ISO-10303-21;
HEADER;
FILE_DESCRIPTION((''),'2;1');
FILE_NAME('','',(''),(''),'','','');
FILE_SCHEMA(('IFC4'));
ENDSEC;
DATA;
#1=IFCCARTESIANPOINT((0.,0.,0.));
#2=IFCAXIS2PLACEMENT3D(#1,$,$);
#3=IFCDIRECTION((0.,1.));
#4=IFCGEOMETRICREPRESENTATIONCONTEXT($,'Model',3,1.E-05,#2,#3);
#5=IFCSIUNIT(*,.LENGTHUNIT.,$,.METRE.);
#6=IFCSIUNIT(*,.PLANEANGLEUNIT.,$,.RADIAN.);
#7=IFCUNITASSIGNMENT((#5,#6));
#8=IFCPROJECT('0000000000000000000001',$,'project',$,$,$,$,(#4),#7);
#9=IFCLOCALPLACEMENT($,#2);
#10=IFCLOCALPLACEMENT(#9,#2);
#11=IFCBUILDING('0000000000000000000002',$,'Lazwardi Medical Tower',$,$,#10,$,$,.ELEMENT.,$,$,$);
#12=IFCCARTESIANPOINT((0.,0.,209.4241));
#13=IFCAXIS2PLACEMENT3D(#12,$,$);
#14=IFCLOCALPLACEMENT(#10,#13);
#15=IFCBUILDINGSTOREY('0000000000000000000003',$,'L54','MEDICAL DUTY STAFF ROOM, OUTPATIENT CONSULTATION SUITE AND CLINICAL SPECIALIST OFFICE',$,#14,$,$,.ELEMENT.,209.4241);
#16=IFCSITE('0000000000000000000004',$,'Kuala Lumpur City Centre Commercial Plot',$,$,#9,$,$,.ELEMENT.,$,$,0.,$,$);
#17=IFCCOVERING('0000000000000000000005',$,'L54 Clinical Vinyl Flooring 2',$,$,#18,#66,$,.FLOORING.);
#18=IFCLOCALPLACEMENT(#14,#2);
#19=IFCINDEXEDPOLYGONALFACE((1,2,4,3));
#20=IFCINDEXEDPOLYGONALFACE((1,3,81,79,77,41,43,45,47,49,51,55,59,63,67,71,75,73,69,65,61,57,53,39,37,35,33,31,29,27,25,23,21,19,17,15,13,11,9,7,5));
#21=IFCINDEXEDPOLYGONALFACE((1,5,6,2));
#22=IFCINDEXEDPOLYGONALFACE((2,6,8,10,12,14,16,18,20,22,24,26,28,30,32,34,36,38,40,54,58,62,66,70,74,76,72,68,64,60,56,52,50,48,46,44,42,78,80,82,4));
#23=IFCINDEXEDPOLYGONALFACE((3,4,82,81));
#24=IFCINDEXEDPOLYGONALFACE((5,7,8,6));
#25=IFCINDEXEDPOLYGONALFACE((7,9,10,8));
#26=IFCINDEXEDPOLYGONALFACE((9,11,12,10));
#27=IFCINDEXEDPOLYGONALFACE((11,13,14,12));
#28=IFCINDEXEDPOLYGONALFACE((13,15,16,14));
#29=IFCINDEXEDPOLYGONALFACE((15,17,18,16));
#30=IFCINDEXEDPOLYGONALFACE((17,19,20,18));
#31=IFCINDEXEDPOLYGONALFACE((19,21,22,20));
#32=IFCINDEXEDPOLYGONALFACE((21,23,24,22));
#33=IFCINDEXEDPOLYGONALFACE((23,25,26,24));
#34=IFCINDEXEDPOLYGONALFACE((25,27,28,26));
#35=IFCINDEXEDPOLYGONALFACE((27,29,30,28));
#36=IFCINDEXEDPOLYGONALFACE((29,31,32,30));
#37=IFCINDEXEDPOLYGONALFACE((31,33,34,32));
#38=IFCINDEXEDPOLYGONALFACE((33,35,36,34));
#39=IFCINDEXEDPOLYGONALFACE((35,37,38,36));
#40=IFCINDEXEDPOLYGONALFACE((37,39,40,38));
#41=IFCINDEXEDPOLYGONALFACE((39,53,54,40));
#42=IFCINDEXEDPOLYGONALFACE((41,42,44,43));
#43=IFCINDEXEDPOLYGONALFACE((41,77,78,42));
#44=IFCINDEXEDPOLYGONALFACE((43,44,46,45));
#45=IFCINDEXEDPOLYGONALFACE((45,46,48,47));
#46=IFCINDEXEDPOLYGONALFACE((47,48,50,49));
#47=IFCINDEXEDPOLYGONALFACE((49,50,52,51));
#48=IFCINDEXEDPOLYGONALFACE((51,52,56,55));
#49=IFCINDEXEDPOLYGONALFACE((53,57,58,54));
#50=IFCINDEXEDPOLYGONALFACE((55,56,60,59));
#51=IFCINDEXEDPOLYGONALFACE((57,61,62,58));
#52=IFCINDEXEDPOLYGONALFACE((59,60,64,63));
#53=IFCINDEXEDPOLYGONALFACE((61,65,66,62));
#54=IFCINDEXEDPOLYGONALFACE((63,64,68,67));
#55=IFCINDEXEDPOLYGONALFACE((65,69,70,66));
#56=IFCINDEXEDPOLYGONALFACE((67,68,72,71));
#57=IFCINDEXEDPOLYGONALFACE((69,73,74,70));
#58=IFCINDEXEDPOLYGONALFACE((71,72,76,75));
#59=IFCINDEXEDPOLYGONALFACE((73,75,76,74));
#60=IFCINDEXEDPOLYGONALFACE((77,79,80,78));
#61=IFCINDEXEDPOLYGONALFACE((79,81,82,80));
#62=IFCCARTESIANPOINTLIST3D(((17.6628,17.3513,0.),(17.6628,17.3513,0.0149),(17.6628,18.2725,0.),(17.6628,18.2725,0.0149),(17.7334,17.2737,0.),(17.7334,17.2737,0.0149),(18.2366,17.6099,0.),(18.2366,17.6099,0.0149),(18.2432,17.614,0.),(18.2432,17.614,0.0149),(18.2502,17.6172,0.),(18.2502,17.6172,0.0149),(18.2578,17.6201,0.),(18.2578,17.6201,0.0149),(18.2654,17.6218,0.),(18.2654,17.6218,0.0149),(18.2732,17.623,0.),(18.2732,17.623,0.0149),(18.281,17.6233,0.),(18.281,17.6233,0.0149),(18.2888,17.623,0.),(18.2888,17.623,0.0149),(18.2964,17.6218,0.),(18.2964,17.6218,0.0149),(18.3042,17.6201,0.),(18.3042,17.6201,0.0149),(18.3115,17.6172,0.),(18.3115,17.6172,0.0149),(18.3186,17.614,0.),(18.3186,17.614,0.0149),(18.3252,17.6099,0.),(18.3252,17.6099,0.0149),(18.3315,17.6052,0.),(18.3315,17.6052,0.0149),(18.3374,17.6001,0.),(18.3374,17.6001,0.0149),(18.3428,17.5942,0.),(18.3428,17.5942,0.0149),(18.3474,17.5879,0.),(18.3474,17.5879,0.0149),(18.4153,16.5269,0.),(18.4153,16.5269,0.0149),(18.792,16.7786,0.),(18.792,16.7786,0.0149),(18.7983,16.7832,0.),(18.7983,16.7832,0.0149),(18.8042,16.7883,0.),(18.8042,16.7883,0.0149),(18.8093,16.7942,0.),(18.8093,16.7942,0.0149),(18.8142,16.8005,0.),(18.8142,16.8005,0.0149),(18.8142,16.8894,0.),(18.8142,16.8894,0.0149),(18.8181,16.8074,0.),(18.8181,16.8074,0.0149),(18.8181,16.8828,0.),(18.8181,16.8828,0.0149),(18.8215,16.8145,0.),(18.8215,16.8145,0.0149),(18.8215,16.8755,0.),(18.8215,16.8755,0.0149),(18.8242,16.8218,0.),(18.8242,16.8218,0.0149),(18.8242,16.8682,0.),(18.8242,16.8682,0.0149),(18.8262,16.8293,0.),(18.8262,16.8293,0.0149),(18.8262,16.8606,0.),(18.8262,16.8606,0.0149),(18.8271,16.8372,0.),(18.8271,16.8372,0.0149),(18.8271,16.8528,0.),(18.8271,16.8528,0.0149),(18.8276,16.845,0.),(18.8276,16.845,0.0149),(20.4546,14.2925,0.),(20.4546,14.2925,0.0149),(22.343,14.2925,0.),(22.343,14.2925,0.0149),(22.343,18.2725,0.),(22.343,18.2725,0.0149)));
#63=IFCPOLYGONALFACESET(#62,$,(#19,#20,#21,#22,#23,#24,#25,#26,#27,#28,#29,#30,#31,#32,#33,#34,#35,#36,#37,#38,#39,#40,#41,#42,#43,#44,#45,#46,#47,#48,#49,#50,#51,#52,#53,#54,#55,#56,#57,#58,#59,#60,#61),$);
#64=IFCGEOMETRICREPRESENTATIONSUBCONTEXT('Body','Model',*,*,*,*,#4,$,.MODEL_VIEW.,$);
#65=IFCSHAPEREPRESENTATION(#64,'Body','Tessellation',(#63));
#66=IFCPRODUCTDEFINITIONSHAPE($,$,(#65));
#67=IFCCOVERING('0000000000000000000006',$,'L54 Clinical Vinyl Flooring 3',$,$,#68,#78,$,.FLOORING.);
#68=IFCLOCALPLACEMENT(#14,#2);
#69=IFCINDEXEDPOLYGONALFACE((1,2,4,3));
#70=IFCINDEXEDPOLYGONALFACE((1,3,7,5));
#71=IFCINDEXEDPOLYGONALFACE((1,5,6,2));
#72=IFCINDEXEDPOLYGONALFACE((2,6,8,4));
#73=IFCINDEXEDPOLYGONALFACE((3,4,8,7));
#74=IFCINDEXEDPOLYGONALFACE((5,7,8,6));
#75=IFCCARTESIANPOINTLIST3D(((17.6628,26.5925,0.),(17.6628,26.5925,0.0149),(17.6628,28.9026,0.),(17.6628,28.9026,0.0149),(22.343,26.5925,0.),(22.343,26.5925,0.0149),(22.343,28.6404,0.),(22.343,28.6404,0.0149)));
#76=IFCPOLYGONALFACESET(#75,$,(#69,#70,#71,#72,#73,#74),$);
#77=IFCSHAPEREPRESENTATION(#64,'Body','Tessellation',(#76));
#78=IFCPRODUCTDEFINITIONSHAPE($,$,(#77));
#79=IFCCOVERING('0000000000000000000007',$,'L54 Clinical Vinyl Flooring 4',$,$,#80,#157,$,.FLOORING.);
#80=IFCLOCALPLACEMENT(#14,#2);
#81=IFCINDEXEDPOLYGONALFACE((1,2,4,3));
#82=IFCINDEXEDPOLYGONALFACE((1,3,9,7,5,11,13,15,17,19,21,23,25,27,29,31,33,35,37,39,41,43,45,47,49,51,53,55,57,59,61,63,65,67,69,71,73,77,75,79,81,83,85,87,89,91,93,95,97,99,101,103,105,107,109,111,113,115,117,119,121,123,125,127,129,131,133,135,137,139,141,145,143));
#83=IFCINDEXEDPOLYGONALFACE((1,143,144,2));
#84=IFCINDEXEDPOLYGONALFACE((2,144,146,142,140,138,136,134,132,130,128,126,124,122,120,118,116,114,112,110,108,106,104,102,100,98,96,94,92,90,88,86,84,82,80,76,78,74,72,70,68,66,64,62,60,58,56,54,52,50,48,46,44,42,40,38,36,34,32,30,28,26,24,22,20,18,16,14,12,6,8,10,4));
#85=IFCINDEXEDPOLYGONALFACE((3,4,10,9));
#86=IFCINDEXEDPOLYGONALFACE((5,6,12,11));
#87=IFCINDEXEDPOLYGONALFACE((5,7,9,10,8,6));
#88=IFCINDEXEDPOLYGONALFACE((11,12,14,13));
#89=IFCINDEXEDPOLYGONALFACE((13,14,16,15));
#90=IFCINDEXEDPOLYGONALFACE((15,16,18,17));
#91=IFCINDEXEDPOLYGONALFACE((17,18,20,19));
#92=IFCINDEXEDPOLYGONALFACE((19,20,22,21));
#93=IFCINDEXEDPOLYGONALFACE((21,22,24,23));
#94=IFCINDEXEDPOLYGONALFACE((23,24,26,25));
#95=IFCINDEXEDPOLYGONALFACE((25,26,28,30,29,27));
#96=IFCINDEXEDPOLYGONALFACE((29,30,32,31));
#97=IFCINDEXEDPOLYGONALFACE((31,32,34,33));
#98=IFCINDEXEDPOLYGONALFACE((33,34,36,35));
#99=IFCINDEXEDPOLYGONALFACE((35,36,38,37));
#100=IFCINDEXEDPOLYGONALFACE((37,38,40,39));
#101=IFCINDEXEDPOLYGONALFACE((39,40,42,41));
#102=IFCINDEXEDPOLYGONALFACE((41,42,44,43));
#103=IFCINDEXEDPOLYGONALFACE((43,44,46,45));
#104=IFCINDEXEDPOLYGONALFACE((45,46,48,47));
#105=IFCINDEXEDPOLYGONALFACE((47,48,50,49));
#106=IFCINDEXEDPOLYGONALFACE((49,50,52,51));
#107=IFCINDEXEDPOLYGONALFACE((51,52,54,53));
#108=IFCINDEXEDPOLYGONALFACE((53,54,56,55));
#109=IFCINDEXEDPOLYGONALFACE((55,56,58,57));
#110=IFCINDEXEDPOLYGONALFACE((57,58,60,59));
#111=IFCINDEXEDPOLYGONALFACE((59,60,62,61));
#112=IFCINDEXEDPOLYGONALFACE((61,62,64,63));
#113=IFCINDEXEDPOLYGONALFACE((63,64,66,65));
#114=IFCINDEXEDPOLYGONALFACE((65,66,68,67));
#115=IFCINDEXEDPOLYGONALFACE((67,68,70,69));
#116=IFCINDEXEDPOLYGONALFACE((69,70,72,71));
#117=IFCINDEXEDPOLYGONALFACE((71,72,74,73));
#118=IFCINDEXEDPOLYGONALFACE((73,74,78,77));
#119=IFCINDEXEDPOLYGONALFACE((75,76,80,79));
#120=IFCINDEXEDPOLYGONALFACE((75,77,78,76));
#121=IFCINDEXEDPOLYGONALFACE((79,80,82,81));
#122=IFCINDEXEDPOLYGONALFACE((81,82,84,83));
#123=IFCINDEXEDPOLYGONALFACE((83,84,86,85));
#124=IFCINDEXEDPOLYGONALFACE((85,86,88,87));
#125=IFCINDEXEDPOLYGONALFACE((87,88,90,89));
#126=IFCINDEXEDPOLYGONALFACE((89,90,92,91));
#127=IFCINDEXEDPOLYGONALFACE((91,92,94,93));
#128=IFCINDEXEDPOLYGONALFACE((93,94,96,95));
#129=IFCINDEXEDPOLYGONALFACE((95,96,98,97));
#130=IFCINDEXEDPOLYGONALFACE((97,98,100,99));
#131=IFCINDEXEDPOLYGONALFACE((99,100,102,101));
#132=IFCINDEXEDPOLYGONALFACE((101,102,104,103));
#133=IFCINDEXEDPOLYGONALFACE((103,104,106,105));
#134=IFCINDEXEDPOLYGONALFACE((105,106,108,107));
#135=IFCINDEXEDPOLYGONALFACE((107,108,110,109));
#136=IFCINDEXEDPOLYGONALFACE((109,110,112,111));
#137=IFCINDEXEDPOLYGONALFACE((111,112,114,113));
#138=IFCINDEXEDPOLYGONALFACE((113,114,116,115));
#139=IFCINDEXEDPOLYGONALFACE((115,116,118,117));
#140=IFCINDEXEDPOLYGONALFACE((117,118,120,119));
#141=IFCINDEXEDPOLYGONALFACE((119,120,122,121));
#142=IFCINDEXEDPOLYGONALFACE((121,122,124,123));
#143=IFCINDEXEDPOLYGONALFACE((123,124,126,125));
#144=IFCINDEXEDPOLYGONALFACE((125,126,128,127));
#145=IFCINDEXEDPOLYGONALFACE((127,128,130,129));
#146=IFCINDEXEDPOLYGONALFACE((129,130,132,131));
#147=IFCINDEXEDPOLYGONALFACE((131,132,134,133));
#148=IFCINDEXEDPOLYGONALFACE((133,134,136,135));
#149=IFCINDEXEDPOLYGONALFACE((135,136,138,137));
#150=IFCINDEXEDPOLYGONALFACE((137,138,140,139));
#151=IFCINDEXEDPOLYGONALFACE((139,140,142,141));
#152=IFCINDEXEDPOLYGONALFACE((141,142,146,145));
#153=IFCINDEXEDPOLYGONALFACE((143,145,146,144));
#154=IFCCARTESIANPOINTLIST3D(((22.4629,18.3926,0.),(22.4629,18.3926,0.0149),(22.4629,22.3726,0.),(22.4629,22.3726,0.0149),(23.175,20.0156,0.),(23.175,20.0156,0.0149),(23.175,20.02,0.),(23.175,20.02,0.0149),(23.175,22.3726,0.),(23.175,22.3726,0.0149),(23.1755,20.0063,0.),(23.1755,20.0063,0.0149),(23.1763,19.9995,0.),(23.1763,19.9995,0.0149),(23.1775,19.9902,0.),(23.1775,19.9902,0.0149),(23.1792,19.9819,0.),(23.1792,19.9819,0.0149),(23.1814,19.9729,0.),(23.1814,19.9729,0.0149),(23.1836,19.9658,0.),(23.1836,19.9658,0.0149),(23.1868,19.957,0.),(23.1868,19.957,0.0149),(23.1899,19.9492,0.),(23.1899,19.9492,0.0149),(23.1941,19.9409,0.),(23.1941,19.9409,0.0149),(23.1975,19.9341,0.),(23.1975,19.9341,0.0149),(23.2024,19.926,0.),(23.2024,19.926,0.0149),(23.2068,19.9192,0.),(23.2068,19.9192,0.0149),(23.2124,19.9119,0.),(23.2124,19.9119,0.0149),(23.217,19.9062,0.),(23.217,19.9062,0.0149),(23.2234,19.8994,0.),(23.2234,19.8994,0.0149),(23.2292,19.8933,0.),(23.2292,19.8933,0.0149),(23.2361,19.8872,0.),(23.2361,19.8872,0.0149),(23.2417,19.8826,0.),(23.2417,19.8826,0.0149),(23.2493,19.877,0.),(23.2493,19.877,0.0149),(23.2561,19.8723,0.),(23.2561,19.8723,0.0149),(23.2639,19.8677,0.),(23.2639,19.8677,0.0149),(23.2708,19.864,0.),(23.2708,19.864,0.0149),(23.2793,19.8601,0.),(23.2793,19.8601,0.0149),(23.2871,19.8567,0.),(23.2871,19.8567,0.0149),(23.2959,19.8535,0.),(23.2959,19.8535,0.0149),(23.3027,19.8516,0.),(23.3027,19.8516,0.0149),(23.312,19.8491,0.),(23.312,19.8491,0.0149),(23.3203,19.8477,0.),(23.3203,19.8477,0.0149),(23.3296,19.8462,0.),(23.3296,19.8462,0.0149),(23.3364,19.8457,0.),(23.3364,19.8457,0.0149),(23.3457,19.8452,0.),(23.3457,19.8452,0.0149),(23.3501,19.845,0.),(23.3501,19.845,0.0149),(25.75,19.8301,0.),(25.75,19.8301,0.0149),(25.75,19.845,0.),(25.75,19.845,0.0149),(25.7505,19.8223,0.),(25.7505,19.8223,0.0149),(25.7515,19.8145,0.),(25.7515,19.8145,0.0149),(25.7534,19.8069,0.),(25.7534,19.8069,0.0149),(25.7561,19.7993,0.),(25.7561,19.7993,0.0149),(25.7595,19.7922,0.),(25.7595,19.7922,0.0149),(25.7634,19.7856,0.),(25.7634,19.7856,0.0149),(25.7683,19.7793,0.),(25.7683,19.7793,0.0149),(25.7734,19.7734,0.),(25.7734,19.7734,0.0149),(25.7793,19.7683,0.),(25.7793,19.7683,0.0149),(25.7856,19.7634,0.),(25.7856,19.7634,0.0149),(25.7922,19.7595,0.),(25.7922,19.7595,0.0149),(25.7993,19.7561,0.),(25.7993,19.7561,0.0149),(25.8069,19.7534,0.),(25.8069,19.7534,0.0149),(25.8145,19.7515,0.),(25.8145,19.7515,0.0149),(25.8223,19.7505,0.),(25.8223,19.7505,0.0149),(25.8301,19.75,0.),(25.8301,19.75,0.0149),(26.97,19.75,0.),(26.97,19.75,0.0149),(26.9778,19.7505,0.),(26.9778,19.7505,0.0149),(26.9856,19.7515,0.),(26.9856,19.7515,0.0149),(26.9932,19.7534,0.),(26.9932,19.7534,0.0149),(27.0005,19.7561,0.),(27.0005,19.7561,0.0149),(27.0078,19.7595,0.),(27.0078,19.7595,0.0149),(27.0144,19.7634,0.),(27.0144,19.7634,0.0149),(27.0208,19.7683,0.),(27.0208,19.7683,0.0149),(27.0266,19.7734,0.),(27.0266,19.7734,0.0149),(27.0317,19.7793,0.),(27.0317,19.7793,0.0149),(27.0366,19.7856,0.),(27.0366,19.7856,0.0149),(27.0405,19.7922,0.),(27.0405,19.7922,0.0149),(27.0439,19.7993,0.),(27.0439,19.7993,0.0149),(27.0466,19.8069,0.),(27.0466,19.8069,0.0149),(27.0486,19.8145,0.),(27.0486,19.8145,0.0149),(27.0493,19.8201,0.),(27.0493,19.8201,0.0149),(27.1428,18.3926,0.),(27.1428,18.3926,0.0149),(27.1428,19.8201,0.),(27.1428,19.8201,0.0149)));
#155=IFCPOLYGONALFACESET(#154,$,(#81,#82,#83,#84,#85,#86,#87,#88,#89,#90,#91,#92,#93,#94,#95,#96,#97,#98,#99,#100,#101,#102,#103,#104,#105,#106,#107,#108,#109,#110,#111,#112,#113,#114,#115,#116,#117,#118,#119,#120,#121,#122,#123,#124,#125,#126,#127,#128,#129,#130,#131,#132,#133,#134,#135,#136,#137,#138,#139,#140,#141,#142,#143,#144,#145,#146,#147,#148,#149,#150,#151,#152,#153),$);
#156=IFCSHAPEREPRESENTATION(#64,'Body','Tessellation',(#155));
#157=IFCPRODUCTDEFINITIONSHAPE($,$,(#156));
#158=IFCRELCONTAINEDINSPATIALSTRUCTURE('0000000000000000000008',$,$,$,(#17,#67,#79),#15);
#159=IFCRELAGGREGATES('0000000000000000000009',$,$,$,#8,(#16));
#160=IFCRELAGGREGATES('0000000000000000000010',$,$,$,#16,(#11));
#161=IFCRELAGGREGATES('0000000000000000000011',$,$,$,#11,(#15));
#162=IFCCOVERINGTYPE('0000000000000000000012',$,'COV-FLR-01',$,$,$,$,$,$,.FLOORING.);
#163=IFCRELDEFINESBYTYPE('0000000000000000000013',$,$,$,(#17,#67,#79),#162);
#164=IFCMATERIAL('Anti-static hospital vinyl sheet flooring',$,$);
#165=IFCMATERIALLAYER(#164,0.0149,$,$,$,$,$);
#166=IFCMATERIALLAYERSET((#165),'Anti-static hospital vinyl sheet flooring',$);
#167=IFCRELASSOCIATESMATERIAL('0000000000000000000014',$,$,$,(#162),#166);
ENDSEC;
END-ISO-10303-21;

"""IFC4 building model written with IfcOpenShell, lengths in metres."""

from ifc_helpers import new_model, si_unit, direction, frame, origin, place, context, subcontext, project, spatial, polyline, outline, extrude, material, layer, layer_set, type_object, element, save


model = new_model("IFC4")

# Units and contexts
model_context = context("Model", 3, precision=1e-05, world=origin(), true_north=direction((0.0, 1.0)))
body_context = subcontext(model_context, "Body", "Model", "MODEL_VIEW")
ifc_project = project(units=[si_unit("LENGTHUNIT", "METRE"), si_unit("PLANEANGLEUNIT", "RADIAN")], contexts=[model_context])

# Site, building, storey
site_placement = place(None, origin())
site = spatial("IfcSite", under=ifc_project, at=site_placement, Name="Kuala Lumpur City Centre Commercial Plot", CompositionType="ELEMENT", RefElevation=0.0)
building_placement = place(site_placement, origin())
building = spatial("IfcBuilding", under=site, at=building_placement, Name="Lazwardi Medical Tower", CompositionType="ELEMENT")
storey_placement = place(building_placement, frame((0.0, 0.0, 209.4241)))
storey = spatial("IfcBuildingStorey", under=building, at=storey_placement, Name="L54", Description="MEDICAL DUTY STAFF ROOM, OUTPATIENT CONSULTATION SUITE AND CLINICAL SPECIALIST OFFICE", CompositionType="ELEMENT", Elevation=209.4241)

# Coverings
ifc_material_1 = material(Name="Anti-static hospital vinyl sheet flooring")
ifc_layer_1 = layer(ifc_material_1, 0.0149)
ifc_layer_set_1 = layer_set([ifc_layer_1], Name="Anti-static hospital vinyl sheet flooring")
covering_type_1 = type_object("IfcCoveringType", Name="COV-FLR-01", PredefinedType="FLOORING", material=ifc_layer_set_1)
covering_1_placement = place(storey_placement, origin())
element("IfcCovering", 1, at=covering_1_placement, inside=storey, type_object=covering_type_1, Name="L54 Clinical Vinyl Flooring 2", PredefinedType="FLOORING", context=body_context, shape_type="SweptSolid", body=[
    extrude(outline(polyline([(17.6628, 17.3513), (17.7334, 17.2737), (18.2366, 17.6099), (18.2432, 17.614), (18.2502, 17.6172), (18.2578, 17.6201), (18.2654, 17.6218), (18.2732, 17.623), (18.281, 17.6233), (18.2888, 17.623), (18.2964, 17.6218), (18.3042, 17.6201), (18.3115, 17.6172), (18.3186, 17.614), (18.3252, 17.6099), (18.3315, 17.6052), (18.3374, 17.6001), (18.3428, 17.5942), (18.3474, 17.5879), (18.8142, 16.8894), (18.8181, 16.8828), (18.8215, 16.8755), (18.8242, 16.8682), (18.8262, 16.8606), (18.8271, 16.8528), (18.8276, 16.845), (18.8271, 16.8372), (18.8262, 16.8293), (18.8242, 16.8218), (18.8215, 16.8145), (18.8181, 16.8074), (18.8142, 16.8005), (18.8093, 16.7942), (18.8042, 16.7883), (18.7983, 16.7832), (18.792, 16.7786), (18.4153, 16.5269), (20.4546, 14.2925), (22.343, 14.2925), (22.343, 18.2725), (17.6628, 18.2725), (17.6628, 17.3513)])), origin(), (0.0, 0.0, 1.0), 0.0149),
])
covering_2_placement = place(storey_placement, origin())
element("IfcCovering", 2, at=covering_2_placement, inside=storey, type_object=covering_type_1, Name="L54 Clinical Vinyl Flooring 3", PredefinedType="FLOORING", context=body_context, shape_type="SweptSolid", body=[
    extrude(outline(polyline([(22.343, 28.6404), (17.6628, 28.9026), (17.6628, 26.5925), (22.343, 26.5925), (22.343, 28.6404)])), origin(), (0.0, 0.0, 1.0), 0.0149),
])
covering_3_placement = place(storey_placement, origin())
element("IfcCovering", 3, at=covering_3_placement, inside=storey, type_object=covering_type_1, Name="L54 Clinical Vinyl Flooring 4", PredefinedType="FLOORING", context=body_context, shape_type="SweptSolid", body=[
    extrude(outline(polyline([(27.1428, 19.8201), (27.0493, 19.8201), (27.0486, 19.8145), (27.0466, 19.8069), (27.0439, 19.7993), (27.0405, 19.7922), (27.0366, 19.7856), (27.0317, 19.7793), (27.0266, 19.7734), (27.0208, 19.7683), (27.0144, 19.7634), (27.0078, 19.7595), (27.0005, 19.7561), (26.9932, 19.7534), (26.9856, 19.7515), (26.9778, 19.7505), (26.97, 19.75), (25.8301, 19.75), (25.8223, 19.7505), (25.8145, 19.7515), (25.8069, 19.7534), (25.7993, 19.7561), (25.7922, 19.7595), (25.7856, 19.7634), (25.7793, 19.7683), (25.7734, 19.7734), (25.7683, 19.7793), (25.7634, 19.7856), (25.7595, 19.7922), (25.7561, 19.7993), (25.7534, 19.8069), (25.7515, 19.8145), (25.7505, 19.8223), (25.75, 19.8301), (25.75, 19.845), (23.3501, 19.845), (23.3457, 19.8452), (23.3364, 19.8457), (23.3296, 19.8462), (23.3203, 19.8477), (23.312, 19.8491), (23.3027, 19.8516), (23.2959, 19.8535), (23.2871, 19.8567), (23.2793, 19.8601), (23.2708, 19.864), (23.2639, 19.8677), (23.2561, 19.8723), (23.2493, 19.877), (23.2417, 19.8826), (23.2361, 19.8872), (23.2292, 19.8933), (23.2234, 19.8994), (23.217, 19.9062), (23.2124, 19.9119), (23.2068, 19.9192), (23.2024, 19.926), (23.1975, 19.9341), (23.1941, 19.9409), (23.1899, 19.9492), (23.1868, 19.957), (23.1836, 19.9658), (23.1814, 19.9729), (23.1792, 19.9819), (23.1775, 19.9902), (23.1763, 19.9995), (23.1755, 20.0063), (23.175, 20.0156), (23.175, 20.02), (23.175, 22.3726), (22.4629, 22.3726), (22.4629, 18.3926), (27.1428, 18.3926), (27.1428, 19.8201)])), origin(), (0.0, 0.0, 1.0), 0.0149),
])

save(model, "model.ifc")
